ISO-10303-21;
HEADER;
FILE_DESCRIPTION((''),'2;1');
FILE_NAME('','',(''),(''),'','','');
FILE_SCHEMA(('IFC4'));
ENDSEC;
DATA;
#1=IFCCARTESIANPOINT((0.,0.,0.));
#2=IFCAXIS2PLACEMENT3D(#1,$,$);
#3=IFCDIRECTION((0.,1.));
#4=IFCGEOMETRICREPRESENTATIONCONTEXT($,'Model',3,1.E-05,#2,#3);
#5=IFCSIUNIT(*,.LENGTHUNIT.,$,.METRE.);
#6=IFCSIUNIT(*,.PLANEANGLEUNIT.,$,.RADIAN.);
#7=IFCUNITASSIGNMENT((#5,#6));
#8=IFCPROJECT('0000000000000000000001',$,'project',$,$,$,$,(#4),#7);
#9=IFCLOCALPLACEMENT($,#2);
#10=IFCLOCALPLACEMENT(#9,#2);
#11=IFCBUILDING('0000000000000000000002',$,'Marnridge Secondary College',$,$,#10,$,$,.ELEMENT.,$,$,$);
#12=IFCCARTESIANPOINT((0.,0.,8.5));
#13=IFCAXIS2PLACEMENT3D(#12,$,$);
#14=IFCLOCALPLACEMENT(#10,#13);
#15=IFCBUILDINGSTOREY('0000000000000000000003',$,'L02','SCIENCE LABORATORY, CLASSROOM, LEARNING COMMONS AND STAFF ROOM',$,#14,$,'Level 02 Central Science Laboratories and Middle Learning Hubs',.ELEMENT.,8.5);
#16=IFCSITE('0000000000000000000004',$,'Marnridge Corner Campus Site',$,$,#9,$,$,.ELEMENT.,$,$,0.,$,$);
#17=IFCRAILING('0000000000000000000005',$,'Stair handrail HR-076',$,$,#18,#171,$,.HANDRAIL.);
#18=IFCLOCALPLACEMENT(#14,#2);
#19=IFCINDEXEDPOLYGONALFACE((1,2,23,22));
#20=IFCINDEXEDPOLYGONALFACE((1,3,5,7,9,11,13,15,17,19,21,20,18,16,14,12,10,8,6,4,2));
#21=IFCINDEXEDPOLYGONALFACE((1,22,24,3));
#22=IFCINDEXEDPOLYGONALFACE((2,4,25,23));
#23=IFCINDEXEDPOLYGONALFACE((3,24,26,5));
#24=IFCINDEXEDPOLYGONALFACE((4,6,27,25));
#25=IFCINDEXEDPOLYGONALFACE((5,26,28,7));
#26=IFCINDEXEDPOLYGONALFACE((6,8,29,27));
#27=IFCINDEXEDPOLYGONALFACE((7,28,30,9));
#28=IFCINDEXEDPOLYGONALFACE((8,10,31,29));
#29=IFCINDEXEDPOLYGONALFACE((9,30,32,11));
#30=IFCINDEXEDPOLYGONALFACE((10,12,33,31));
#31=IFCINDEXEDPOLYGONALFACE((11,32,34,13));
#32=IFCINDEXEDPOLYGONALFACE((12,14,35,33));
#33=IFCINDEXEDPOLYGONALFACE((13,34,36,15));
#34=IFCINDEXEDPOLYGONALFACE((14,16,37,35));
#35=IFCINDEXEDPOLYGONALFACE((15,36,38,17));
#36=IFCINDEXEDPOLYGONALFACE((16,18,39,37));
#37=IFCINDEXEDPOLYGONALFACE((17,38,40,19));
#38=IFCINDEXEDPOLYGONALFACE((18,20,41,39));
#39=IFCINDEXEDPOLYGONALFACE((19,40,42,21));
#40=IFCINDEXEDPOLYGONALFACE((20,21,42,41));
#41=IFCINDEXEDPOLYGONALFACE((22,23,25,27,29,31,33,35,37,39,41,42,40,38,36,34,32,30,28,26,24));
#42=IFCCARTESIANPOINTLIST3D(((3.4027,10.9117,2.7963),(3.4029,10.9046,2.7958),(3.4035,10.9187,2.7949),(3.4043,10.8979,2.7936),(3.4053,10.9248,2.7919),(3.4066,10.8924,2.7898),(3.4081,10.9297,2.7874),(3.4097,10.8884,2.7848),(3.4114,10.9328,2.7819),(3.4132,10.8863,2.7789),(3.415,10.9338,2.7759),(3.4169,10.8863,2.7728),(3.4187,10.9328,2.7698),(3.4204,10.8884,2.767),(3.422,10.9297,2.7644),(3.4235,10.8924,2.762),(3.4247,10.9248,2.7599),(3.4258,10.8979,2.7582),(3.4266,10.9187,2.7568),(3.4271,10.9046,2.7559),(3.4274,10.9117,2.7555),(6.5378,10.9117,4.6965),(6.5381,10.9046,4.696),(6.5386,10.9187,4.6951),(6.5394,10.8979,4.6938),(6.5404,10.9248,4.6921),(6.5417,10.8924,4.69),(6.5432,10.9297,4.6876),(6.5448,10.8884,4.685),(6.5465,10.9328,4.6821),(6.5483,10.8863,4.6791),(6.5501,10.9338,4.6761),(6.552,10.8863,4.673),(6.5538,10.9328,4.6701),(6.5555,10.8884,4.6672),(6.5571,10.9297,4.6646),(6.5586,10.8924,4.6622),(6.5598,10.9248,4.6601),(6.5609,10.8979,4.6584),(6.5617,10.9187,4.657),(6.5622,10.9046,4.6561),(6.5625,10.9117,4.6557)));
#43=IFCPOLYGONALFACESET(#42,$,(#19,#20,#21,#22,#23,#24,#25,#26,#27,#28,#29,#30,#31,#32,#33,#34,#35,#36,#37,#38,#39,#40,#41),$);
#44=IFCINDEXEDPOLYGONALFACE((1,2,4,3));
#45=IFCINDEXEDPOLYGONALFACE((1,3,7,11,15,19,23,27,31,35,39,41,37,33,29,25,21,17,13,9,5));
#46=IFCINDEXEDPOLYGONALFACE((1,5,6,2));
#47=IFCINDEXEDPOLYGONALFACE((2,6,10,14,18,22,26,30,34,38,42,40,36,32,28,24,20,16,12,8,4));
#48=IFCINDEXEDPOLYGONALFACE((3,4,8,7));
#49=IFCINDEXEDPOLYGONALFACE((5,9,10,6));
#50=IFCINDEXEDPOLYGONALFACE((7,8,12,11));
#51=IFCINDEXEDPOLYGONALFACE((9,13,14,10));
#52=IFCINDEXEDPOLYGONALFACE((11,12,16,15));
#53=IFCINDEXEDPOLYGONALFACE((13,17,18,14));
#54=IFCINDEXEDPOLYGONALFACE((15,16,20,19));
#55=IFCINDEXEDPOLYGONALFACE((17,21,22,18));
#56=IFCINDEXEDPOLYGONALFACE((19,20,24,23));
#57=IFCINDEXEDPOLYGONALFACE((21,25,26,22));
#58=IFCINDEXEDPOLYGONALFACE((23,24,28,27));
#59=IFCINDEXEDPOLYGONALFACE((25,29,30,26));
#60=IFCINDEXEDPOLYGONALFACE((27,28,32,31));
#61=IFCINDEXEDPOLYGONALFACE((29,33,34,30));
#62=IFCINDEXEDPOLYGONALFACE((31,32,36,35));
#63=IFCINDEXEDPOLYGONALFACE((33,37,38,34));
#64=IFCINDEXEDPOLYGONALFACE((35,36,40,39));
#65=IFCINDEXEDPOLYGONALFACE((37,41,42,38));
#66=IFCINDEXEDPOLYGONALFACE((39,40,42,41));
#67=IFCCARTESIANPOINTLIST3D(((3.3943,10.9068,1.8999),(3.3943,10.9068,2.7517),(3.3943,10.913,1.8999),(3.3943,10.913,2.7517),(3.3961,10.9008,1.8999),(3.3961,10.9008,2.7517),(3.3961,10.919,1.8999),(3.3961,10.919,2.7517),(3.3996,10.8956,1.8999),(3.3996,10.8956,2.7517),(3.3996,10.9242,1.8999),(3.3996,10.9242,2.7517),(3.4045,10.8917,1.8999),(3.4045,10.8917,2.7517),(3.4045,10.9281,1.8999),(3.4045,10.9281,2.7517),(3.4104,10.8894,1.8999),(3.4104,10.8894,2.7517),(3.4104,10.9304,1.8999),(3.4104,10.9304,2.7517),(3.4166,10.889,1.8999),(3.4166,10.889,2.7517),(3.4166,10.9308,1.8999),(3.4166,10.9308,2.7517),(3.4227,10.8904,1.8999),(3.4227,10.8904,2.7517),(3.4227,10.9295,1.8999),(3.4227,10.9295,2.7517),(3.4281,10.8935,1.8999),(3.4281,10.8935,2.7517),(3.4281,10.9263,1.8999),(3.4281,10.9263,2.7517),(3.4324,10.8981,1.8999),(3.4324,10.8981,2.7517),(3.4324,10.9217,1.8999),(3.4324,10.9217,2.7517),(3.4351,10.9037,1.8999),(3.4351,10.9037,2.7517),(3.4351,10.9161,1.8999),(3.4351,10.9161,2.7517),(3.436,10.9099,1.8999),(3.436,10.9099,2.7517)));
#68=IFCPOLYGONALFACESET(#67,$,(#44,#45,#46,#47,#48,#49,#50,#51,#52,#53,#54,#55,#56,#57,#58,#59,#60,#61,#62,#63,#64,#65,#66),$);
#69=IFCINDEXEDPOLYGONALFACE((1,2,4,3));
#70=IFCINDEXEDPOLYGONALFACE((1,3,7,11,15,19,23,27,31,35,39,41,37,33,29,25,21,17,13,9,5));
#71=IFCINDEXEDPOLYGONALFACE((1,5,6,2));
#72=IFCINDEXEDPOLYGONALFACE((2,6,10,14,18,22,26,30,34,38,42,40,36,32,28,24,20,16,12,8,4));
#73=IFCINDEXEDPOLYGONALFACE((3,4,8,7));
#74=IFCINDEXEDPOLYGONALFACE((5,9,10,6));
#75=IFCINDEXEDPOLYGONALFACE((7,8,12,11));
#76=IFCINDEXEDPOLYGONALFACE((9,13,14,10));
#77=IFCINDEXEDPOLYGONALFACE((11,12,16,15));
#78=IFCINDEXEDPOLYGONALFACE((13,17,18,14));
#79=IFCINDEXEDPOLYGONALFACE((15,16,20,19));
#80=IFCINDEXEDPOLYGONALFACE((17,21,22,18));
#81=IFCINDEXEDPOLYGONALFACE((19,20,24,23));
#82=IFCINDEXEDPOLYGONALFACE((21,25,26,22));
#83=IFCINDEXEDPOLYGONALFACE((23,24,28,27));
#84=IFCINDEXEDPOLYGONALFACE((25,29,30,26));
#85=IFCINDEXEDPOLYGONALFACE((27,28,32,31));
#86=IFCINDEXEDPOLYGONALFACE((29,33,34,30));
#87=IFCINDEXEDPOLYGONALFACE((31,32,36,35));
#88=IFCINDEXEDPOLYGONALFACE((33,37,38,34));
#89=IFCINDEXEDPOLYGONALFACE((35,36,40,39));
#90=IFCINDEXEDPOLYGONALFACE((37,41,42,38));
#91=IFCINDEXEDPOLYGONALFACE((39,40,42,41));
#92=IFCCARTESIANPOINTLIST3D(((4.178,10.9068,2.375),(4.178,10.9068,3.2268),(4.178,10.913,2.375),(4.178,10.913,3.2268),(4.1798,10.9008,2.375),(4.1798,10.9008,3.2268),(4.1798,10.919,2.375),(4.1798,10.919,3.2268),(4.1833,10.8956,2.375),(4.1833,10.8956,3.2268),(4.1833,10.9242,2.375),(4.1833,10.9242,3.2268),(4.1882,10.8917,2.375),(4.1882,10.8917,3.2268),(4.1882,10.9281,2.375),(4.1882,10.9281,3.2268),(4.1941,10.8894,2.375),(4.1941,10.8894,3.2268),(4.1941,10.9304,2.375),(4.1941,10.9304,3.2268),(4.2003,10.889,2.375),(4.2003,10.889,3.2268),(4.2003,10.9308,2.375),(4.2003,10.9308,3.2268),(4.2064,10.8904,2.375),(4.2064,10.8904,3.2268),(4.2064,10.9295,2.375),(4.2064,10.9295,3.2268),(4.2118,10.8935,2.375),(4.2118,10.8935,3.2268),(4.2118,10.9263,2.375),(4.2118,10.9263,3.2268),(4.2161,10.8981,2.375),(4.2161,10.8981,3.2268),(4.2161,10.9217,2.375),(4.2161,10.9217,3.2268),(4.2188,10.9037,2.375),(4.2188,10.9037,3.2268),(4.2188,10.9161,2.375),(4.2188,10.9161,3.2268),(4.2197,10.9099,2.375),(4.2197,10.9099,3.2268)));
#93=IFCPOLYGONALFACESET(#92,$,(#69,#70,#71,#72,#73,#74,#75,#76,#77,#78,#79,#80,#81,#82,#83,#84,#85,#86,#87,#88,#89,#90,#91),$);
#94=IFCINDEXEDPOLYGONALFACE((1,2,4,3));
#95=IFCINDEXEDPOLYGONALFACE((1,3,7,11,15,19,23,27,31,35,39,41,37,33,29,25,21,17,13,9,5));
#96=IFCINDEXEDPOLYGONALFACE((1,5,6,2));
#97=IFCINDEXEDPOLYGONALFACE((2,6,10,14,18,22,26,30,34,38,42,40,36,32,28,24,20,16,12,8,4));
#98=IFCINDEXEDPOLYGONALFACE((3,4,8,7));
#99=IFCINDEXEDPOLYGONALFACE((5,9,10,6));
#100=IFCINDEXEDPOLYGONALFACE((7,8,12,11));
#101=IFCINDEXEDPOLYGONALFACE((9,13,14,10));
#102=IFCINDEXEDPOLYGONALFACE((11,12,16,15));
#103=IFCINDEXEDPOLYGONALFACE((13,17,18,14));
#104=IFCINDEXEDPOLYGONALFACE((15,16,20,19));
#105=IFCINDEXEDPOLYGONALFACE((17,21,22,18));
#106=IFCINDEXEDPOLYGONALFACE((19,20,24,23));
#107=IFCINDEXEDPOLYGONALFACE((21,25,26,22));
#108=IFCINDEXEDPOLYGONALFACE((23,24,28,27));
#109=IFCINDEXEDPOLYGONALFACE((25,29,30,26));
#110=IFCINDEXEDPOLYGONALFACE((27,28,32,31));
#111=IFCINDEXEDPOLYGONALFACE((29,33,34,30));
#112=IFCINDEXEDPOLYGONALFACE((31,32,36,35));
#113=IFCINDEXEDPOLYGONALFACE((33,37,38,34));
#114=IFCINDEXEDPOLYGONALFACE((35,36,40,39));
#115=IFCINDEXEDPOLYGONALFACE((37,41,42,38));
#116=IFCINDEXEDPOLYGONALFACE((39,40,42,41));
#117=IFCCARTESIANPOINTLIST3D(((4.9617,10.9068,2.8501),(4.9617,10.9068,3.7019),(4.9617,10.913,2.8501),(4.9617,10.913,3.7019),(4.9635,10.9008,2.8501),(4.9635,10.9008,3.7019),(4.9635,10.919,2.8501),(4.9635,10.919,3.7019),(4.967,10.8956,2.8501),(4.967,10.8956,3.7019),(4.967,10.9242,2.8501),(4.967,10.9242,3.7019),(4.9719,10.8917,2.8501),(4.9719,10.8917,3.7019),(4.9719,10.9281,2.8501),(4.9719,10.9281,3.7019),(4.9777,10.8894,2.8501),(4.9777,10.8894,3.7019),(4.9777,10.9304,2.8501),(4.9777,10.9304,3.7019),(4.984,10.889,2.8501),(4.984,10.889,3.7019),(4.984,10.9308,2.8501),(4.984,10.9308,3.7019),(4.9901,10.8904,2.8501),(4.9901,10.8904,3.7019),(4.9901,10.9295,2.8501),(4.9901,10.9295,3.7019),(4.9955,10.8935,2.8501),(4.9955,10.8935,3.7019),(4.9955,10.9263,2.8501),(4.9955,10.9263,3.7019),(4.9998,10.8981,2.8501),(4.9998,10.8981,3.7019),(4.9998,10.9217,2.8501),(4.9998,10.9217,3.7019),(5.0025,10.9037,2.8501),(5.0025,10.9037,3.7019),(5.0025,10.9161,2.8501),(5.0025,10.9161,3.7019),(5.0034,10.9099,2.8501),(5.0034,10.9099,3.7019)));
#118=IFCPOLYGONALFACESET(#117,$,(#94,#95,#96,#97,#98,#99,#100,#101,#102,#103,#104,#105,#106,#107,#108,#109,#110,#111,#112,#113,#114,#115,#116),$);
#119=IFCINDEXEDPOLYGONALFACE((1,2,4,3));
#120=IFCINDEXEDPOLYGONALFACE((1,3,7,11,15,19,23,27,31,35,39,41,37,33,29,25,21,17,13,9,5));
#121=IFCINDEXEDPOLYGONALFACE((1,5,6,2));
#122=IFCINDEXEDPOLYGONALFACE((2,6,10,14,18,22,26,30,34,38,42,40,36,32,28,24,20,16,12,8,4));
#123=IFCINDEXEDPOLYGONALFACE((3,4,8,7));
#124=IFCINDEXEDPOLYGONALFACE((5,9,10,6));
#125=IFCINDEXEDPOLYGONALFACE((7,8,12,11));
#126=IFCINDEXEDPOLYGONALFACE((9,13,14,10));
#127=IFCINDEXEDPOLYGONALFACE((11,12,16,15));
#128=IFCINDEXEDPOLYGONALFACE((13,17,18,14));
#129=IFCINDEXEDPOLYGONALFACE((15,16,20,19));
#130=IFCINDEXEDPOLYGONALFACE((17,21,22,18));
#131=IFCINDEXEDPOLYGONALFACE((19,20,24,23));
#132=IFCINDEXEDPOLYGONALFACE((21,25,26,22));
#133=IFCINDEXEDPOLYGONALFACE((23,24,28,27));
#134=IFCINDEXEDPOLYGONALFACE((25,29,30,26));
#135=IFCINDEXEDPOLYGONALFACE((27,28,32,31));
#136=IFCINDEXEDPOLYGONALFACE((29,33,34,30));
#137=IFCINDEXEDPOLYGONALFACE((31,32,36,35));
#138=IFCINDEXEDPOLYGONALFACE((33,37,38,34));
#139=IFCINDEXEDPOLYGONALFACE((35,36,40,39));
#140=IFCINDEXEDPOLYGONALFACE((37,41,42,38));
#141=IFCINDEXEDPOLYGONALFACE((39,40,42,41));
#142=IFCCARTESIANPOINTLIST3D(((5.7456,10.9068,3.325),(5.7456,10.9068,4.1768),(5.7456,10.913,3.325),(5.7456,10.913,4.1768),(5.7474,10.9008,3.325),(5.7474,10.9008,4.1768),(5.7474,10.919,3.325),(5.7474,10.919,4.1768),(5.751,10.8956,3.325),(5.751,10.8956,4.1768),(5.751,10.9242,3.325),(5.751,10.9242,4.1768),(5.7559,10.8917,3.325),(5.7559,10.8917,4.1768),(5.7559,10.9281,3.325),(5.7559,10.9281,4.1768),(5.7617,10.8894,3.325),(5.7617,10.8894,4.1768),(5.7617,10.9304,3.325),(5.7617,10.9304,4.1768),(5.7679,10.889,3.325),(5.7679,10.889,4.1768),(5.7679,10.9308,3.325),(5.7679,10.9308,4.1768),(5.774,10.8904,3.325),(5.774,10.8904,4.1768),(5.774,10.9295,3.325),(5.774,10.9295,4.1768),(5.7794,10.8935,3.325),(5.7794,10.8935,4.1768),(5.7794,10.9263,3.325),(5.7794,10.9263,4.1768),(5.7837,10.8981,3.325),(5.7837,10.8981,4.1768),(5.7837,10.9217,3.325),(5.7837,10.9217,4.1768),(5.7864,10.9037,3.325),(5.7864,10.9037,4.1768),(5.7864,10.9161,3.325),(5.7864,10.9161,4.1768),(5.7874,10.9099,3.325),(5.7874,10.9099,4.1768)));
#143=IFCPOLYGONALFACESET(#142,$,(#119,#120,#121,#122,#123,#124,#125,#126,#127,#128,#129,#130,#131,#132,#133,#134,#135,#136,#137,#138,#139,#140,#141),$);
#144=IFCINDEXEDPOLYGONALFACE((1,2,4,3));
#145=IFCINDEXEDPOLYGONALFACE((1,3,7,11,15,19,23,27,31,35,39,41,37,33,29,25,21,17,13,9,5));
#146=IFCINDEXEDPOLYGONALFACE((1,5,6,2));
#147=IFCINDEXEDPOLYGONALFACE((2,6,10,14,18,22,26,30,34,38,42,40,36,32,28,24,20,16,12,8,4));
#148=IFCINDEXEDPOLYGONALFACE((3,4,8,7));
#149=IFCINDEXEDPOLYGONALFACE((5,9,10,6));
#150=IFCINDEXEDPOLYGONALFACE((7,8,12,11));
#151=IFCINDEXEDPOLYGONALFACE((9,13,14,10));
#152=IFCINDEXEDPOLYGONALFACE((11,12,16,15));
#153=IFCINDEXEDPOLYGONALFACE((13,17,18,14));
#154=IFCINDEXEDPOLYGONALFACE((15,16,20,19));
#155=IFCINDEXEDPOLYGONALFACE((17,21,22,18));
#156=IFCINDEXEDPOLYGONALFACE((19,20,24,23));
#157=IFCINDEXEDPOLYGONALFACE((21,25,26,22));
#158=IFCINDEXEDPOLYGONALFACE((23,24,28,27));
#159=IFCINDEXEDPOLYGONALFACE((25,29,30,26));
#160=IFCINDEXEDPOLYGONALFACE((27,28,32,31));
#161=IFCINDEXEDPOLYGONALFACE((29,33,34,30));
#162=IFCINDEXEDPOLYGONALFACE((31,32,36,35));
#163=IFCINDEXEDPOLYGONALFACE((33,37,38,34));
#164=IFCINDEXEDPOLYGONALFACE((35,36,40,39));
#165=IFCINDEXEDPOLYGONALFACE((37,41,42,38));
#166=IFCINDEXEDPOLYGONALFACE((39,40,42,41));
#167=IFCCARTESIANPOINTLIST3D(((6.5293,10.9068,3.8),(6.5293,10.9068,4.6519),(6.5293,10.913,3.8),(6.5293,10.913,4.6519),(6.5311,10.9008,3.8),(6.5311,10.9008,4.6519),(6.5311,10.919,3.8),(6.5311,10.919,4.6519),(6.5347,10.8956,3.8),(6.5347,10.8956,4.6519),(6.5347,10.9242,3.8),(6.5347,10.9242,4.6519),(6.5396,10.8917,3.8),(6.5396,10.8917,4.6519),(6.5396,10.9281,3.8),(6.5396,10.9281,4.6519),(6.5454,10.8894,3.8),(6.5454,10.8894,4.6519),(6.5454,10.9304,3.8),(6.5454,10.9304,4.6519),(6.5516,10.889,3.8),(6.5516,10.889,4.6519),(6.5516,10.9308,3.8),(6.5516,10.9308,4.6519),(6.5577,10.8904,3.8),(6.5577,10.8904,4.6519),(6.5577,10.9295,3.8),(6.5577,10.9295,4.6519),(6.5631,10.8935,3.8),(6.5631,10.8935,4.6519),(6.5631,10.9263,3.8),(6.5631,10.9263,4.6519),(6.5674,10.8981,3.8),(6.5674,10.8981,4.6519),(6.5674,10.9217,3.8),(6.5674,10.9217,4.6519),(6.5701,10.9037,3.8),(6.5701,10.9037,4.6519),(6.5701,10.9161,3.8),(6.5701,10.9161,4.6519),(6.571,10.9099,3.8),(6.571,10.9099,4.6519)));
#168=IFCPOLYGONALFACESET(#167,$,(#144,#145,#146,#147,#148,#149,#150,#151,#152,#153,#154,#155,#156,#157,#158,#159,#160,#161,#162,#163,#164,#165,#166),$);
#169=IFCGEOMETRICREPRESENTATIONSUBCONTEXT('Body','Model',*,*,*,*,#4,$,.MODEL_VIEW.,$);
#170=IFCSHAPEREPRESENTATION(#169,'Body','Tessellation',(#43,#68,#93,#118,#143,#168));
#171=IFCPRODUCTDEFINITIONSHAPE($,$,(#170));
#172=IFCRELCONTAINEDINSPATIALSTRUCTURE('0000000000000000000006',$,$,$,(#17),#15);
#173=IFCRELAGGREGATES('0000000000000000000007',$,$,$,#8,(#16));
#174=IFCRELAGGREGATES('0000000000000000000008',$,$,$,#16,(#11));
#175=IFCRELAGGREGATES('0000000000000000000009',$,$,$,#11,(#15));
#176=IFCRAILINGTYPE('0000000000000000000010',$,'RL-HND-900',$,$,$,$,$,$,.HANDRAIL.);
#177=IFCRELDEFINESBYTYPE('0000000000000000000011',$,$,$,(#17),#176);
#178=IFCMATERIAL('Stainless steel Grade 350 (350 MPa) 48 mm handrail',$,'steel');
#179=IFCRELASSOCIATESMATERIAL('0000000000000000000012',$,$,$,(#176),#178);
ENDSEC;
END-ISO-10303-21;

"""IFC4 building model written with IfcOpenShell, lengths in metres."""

from ifc_helpers import new_model, si_unit, direction, frame, origin, origin_2d, place, context, subcontext, project, spatial, circle, extrude, material, type_object, element, save


model = new_model("IFC4")

# Units and contexts
model_context = context("Model", 3, precision=1e-05, world=origin(), true_north=direction((0.0, 1.0)))
body_context = subcontext(model_context, "Body", "Model", "MODEL_VIEW")
ifc_project = project(units=[si_unit("LENGTHUNIT", "METRE"), si_unit("PLANEANGLEUNIT", "RADIAN")], contexts=[model_context])

# Site, building, storey
site_placement = place(None, origin())
site = spatial("IfcSite", under=ifc_project, at=site_placement, Name="Marnridge Corner Campus Site", CompositionType="ELEMENT", RefElevation=0.0)
building_placement = place(site_placement, origin())
building = spatial("IfcBuilding", under=site, at=building_placement, Name="Marnridge Secondary College", CompositionType="ELEMENT")
storey_placement = place(building_placement, frame((0.0, 0.0, 8.5)))
storey = spatial("IfcBuildingStorey", under=building, at=storey_placement, Name="L02", Description="SCIENCE LABORATORY, CLASSROOM, LEARNING COMMONS AND STAFF ROOM", LongName="Level 02 Central Science Laboratories and Middle Learning Hubs", CompositionType="ELEMENT", Elevation=8.5)

# Railing
ifc_material_1 = material(Name="Stainless steel Grade 350 (350 MPa) 48 mm handrail", Category="steel")
railing_type = type_object("IfcRailingType", Name="RL-HND-900", PredefinedType="HANDRAIL", material=ifc_material_1)
railing_placement = place(storey_placement, frame((3.415, 10.9099, 1.8999)))
element("IfcRailing", 1, at=railing_placement, inside=storey, type_object=railing_type, Name="Stair handrail HR-076", PredefinedType="HANDRAIL", context=body_context, shape_type="SweptSolid", body=[
    extrude(circle(Radius=0.0239, at=origin_2d()), frame((0.0, 0.0, 0.876), z_axis=(0.855181, 0.0, 0.51833), x_axis=(0.0, 1.0, 0.0)), (0.0, 0.0, 1.0), 3.666),
    extrude(circle(Radius=0.021, at=origin_2d()), origin(), (0.0, 0.0, 1.0), 0.8518),
    extrude(circle(Radius=0.021, at=origin_2d()), frame((0.7837, 0.0, 0.4751)), (0.0, 0.0, 1.0), 0.8518),
    extrude(circle(Radius=0.021, at=origin_2d()), frame((1.5674, 0.0, 0.9502)), (0.0, 0.0, 1.0), 0.8518),
    extrude(circle(Radius=0.021, at=origin_2d()), frame((2.3513, 0.0, 1.425)), (0.0, 0.0, 1.0), 0.8518),
    extrude(circle(Radius=0.021, at=origin_2d()), frame((3.135, 0.0, 1.9001)), (0.0, 0.0, 1.0), 0.8518),
])

save(model, "model.ifc")
